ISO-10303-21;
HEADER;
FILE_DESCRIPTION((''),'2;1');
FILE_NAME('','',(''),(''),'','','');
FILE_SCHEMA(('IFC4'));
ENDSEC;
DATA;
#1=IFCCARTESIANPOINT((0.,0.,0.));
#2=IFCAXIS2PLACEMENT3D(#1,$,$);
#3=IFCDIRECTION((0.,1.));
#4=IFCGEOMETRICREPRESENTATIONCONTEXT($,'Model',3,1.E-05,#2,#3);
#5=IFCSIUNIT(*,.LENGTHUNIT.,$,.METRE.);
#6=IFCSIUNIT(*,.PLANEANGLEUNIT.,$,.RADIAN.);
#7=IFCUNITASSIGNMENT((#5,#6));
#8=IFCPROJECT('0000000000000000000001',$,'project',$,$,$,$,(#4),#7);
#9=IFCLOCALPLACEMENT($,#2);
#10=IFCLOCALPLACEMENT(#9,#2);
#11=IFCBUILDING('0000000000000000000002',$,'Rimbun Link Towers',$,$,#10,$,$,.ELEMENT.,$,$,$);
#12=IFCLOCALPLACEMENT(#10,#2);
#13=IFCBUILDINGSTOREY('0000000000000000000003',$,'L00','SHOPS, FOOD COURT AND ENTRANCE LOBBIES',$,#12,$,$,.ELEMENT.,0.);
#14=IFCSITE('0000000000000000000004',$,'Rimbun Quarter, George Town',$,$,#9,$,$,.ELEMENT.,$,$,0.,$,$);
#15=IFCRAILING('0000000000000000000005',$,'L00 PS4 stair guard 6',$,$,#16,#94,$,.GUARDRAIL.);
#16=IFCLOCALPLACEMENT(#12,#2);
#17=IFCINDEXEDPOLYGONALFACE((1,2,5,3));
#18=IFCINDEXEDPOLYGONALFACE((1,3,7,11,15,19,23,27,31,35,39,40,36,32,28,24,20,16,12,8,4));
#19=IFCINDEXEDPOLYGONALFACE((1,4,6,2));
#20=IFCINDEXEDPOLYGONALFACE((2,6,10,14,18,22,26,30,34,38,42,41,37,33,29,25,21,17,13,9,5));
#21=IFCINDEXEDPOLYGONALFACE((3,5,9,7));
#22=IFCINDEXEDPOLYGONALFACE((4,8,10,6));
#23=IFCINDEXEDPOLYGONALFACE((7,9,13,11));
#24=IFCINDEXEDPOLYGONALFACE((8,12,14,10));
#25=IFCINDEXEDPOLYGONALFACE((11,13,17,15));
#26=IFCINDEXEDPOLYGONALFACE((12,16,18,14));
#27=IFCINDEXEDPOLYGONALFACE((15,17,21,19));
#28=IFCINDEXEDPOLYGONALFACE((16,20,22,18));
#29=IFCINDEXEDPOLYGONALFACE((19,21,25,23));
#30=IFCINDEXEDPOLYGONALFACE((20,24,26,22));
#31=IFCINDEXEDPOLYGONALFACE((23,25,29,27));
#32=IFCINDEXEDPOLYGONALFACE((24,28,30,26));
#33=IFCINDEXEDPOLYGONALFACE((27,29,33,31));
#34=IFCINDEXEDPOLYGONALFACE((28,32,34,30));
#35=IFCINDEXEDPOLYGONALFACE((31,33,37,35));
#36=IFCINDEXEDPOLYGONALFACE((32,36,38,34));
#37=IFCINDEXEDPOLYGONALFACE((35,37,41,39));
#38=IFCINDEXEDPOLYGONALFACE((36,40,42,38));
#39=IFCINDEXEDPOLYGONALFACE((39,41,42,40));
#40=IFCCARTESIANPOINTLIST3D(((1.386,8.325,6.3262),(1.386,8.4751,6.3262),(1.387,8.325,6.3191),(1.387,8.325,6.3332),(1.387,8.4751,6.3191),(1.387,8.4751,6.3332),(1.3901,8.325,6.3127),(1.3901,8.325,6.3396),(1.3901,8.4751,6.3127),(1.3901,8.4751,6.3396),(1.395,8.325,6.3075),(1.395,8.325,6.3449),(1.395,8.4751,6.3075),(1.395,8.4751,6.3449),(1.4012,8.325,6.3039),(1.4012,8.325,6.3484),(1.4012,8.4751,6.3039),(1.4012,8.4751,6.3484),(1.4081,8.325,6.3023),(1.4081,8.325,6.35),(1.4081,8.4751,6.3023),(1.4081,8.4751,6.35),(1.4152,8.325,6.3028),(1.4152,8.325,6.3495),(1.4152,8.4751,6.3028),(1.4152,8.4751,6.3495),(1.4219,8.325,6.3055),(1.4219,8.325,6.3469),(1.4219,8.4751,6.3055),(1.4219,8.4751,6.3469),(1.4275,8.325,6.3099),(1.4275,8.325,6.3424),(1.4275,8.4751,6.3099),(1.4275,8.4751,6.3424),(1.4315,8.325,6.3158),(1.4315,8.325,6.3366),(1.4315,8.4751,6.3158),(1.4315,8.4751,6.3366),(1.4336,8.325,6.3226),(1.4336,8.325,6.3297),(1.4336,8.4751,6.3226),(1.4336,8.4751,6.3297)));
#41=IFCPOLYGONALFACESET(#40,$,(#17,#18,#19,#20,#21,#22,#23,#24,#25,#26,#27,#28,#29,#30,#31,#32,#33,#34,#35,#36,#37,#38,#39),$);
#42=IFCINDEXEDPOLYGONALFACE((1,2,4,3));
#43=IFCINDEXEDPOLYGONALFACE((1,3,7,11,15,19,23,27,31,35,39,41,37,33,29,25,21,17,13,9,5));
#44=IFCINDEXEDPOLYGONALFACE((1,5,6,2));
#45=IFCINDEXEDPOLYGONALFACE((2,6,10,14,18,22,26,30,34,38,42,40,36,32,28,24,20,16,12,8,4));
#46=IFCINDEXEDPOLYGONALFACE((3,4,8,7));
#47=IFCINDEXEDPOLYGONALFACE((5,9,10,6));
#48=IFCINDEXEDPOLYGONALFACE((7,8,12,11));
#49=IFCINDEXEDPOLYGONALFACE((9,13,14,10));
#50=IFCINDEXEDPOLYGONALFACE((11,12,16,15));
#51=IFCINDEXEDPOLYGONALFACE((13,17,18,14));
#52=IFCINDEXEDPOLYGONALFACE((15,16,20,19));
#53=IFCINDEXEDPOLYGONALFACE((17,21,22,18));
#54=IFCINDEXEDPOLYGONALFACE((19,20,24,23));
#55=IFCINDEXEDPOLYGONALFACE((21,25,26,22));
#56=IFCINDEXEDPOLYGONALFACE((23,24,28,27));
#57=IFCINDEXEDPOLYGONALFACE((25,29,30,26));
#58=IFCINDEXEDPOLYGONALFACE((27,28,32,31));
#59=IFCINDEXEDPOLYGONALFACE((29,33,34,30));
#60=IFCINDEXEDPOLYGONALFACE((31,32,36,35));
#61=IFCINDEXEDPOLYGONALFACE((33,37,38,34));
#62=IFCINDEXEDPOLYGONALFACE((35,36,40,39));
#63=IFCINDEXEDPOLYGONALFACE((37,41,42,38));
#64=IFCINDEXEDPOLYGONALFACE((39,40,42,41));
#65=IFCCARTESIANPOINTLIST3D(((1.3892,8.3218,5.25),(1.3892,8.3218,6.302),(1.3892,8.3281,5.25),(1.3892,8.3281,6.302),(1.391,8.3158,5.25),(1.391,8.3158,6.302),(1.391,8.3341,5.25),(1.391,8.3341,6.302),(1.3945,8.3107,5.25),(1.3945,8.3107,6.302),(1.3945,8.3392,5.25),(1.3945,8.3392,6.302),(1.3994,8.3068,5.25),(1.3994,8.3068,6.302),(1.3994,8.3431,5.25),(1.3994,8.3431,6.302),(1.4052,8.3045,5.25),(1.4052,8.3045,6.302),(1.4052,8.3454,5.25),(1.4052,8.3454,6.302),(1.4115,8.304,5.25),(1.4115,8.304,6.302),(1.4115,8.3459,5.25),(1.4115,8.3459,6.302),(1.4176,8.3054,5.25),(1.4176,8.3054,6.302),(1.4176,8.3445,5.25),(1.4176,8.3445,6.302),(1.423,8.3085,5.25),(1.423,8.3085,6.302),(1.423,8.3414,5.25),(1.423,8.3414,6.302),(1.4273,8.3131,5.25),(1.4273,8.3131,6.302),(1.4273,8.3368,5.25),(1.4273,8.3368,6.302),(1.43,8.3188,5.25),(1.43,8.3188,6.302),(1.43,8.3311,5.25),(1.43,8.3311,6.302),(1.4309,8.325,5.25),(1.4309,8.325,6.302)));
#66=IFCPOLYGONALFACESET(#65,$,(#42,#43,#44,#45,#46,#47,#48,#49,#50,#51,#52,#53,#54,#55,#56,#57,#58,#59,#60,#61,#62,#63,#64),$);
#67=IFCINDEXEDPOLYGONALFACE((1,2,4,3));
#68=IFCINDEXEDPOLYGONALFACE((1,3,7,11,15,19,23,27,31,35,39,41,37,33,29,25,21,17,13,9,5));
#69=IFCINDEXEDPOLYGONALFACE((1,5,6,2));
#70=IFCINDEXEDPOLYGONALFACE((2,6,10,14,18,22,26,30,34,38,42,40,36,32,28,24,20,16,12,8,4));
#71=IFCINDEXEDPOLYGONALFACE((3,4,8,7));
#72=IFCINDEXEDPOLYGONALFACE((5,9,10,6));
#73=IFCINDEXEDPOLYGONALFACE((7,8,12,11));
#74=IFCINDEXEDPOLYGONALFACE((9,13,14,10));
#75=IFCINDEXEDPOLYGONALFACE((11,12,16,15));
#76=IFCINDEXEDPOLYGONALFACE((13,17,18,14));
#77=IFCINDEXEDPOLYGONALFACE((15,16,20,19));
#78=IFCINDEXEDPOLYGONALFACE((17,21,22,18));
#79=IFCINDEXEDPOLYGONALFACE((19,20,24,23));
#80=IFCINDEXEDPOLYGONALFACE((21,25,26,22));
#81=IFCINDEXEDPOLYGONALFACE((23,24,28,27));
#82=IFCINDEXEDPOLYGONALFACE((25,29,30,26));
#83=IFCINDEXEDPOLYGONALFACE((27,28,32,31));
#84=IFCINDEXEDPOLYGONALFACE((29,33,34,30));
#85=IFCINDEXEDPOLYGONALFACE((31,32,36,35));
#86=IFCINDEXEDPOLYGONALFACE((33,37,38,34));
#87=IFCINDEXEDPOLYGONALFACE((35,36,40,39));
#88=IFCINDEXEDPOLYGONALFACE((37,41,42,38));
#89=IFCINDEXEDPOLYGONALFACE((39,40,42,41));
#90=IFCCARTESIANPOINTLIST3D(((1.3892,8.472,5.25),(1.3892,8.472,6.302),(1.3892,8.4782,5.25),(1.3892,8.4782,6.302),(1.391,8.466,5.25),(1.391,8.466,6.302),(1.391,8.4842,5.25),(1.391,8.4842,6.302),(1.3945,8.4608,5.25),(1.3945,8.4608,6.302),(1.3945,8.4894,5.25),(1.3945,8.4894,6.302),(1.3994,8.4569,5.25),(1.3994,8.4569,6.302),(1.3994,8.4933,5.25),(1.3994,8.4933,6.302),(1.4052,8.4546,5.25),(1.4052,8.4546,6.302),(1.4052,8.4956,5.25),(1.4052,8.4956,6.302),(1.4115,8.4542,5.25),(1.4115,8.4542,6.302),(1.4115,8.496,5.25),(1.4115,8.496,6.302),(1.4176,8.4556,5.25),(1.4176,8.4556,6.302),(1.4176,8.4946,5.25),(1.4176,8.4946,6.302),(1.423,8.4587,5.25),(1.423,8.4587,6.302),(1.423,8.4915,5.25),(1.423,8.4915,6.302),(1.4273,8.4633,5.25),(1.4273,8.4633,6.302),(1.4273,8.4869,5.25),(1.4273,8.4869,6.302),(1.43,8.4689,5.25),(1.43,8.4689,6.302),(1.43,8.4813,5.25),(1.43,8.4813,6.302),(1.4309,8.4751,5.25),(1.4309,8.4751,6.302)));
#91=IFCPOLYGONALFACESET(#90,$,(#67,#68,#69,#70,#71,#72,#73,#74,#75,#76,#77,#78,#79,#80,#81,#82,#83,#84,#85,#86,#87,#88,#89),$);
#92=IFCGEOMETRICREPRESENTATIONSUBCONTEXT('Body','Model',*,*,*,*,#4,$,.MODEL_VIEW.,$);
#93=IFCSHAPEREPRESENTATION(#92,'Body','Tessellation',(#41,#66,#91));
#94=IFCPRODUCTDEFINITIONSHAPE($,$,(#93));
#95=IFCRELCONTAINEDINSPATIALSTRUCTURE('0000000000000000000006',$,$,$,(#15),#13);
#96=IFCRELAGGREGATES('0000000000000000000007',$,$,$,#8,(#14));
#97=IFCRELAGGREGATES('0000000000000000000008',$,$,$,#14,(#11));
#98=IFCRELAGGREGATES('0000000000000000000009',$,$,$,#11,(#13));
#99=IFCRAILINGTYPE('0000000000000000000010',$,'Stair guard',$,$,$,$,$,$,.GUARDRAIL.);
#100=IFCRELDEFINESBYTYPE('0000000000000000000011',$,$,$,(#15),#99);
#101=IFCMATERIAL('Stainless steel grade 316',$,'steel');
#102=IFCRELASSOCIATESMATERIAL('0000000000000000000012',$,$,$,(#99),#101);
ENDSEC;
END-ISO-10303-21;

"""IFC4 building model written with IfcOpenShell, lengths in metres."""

from ifc_helpers import new_model, si_unit, direction, frame, origin, origin_2d, place, context, subcontext, project, spatial, circle, extrude, material, type_object, element, save


model = new_model("IFC4")

# Units and contexts
model_context = context("Model", 3, precision=1e-05, world=origin(), true_north=direction((0.0, 1.0)))
body_context = subcontext(model_context, "Body", "Model", "MODEL_VIEW")
ifc_project = project(units=[si_unit("LENGTHUNIT", "METRE"), si_unit("PLANEANGLEUNIT", "RADIAN")], contexts=[model_context])

# Site, building, storey
site_placement = place(None, origin())
site = spatial("IfcSite", under=ifc_project, at=site_placement, Name="Rimbun Quarter, George Town", CompositionType="ELEMENT", RefElevation=0.0)
building_placement = place(site_placement, origin())
building = spatial("IfcBuilding", under=site, at=building_placement, Name="Rimbun Link Towers", CompositionType="ELEMENT")
storey_placement = place(building_placement, origin())
storey = spatial("IfcBuildingStorey", under=building, at=storey_placement, Name="L00", Description="SHOPS, FOOD COURT AND ENTRANCE LOBBIES", CompositionType="ELEMENT", Elevation=0.0)

# Railing
ifc_material_1 = material(Name="Stainless steel grade 316", Category="steel")
railing_type_1 = type_object("IfcRailingType", Name="Stair guard", PredefinedType="GUARDRAIL", material=ifc_material_1)
railing_1_placement = place(storey_placement, frame((1.4099, 8.325, 5.25)))
element("IfcRailing", 1, at=railing_1_placement, inside=storey, type_object=railing_type_1, Name="L00 PS4 stair guard 6", PredefinedType="GUARDRAIL", context=body_context, shape_type="SweptSolid", body=[
    extrude(circle(Radius=0.0239, at=origin_2d()), frame((0.0, 0.0, 1.0762), z_axis=(0.0, 1.0, 0.0), x_axis=(-1.0, 0.0, 0.0)), (0.0, 0.0, 1.0), 0.1501),
    extrude(circle(Radius=0.021, at=origin_2d()), origin(), (0.0, 0.0, 1.0), 1.052),
    extrude(circle(Radius=0.021, at=origin_2d()), frame((0.0, 0.1501, 0.0)), (0.0, 0.0, 1.0), 1.052),
])

save(model, "model.ifc")
